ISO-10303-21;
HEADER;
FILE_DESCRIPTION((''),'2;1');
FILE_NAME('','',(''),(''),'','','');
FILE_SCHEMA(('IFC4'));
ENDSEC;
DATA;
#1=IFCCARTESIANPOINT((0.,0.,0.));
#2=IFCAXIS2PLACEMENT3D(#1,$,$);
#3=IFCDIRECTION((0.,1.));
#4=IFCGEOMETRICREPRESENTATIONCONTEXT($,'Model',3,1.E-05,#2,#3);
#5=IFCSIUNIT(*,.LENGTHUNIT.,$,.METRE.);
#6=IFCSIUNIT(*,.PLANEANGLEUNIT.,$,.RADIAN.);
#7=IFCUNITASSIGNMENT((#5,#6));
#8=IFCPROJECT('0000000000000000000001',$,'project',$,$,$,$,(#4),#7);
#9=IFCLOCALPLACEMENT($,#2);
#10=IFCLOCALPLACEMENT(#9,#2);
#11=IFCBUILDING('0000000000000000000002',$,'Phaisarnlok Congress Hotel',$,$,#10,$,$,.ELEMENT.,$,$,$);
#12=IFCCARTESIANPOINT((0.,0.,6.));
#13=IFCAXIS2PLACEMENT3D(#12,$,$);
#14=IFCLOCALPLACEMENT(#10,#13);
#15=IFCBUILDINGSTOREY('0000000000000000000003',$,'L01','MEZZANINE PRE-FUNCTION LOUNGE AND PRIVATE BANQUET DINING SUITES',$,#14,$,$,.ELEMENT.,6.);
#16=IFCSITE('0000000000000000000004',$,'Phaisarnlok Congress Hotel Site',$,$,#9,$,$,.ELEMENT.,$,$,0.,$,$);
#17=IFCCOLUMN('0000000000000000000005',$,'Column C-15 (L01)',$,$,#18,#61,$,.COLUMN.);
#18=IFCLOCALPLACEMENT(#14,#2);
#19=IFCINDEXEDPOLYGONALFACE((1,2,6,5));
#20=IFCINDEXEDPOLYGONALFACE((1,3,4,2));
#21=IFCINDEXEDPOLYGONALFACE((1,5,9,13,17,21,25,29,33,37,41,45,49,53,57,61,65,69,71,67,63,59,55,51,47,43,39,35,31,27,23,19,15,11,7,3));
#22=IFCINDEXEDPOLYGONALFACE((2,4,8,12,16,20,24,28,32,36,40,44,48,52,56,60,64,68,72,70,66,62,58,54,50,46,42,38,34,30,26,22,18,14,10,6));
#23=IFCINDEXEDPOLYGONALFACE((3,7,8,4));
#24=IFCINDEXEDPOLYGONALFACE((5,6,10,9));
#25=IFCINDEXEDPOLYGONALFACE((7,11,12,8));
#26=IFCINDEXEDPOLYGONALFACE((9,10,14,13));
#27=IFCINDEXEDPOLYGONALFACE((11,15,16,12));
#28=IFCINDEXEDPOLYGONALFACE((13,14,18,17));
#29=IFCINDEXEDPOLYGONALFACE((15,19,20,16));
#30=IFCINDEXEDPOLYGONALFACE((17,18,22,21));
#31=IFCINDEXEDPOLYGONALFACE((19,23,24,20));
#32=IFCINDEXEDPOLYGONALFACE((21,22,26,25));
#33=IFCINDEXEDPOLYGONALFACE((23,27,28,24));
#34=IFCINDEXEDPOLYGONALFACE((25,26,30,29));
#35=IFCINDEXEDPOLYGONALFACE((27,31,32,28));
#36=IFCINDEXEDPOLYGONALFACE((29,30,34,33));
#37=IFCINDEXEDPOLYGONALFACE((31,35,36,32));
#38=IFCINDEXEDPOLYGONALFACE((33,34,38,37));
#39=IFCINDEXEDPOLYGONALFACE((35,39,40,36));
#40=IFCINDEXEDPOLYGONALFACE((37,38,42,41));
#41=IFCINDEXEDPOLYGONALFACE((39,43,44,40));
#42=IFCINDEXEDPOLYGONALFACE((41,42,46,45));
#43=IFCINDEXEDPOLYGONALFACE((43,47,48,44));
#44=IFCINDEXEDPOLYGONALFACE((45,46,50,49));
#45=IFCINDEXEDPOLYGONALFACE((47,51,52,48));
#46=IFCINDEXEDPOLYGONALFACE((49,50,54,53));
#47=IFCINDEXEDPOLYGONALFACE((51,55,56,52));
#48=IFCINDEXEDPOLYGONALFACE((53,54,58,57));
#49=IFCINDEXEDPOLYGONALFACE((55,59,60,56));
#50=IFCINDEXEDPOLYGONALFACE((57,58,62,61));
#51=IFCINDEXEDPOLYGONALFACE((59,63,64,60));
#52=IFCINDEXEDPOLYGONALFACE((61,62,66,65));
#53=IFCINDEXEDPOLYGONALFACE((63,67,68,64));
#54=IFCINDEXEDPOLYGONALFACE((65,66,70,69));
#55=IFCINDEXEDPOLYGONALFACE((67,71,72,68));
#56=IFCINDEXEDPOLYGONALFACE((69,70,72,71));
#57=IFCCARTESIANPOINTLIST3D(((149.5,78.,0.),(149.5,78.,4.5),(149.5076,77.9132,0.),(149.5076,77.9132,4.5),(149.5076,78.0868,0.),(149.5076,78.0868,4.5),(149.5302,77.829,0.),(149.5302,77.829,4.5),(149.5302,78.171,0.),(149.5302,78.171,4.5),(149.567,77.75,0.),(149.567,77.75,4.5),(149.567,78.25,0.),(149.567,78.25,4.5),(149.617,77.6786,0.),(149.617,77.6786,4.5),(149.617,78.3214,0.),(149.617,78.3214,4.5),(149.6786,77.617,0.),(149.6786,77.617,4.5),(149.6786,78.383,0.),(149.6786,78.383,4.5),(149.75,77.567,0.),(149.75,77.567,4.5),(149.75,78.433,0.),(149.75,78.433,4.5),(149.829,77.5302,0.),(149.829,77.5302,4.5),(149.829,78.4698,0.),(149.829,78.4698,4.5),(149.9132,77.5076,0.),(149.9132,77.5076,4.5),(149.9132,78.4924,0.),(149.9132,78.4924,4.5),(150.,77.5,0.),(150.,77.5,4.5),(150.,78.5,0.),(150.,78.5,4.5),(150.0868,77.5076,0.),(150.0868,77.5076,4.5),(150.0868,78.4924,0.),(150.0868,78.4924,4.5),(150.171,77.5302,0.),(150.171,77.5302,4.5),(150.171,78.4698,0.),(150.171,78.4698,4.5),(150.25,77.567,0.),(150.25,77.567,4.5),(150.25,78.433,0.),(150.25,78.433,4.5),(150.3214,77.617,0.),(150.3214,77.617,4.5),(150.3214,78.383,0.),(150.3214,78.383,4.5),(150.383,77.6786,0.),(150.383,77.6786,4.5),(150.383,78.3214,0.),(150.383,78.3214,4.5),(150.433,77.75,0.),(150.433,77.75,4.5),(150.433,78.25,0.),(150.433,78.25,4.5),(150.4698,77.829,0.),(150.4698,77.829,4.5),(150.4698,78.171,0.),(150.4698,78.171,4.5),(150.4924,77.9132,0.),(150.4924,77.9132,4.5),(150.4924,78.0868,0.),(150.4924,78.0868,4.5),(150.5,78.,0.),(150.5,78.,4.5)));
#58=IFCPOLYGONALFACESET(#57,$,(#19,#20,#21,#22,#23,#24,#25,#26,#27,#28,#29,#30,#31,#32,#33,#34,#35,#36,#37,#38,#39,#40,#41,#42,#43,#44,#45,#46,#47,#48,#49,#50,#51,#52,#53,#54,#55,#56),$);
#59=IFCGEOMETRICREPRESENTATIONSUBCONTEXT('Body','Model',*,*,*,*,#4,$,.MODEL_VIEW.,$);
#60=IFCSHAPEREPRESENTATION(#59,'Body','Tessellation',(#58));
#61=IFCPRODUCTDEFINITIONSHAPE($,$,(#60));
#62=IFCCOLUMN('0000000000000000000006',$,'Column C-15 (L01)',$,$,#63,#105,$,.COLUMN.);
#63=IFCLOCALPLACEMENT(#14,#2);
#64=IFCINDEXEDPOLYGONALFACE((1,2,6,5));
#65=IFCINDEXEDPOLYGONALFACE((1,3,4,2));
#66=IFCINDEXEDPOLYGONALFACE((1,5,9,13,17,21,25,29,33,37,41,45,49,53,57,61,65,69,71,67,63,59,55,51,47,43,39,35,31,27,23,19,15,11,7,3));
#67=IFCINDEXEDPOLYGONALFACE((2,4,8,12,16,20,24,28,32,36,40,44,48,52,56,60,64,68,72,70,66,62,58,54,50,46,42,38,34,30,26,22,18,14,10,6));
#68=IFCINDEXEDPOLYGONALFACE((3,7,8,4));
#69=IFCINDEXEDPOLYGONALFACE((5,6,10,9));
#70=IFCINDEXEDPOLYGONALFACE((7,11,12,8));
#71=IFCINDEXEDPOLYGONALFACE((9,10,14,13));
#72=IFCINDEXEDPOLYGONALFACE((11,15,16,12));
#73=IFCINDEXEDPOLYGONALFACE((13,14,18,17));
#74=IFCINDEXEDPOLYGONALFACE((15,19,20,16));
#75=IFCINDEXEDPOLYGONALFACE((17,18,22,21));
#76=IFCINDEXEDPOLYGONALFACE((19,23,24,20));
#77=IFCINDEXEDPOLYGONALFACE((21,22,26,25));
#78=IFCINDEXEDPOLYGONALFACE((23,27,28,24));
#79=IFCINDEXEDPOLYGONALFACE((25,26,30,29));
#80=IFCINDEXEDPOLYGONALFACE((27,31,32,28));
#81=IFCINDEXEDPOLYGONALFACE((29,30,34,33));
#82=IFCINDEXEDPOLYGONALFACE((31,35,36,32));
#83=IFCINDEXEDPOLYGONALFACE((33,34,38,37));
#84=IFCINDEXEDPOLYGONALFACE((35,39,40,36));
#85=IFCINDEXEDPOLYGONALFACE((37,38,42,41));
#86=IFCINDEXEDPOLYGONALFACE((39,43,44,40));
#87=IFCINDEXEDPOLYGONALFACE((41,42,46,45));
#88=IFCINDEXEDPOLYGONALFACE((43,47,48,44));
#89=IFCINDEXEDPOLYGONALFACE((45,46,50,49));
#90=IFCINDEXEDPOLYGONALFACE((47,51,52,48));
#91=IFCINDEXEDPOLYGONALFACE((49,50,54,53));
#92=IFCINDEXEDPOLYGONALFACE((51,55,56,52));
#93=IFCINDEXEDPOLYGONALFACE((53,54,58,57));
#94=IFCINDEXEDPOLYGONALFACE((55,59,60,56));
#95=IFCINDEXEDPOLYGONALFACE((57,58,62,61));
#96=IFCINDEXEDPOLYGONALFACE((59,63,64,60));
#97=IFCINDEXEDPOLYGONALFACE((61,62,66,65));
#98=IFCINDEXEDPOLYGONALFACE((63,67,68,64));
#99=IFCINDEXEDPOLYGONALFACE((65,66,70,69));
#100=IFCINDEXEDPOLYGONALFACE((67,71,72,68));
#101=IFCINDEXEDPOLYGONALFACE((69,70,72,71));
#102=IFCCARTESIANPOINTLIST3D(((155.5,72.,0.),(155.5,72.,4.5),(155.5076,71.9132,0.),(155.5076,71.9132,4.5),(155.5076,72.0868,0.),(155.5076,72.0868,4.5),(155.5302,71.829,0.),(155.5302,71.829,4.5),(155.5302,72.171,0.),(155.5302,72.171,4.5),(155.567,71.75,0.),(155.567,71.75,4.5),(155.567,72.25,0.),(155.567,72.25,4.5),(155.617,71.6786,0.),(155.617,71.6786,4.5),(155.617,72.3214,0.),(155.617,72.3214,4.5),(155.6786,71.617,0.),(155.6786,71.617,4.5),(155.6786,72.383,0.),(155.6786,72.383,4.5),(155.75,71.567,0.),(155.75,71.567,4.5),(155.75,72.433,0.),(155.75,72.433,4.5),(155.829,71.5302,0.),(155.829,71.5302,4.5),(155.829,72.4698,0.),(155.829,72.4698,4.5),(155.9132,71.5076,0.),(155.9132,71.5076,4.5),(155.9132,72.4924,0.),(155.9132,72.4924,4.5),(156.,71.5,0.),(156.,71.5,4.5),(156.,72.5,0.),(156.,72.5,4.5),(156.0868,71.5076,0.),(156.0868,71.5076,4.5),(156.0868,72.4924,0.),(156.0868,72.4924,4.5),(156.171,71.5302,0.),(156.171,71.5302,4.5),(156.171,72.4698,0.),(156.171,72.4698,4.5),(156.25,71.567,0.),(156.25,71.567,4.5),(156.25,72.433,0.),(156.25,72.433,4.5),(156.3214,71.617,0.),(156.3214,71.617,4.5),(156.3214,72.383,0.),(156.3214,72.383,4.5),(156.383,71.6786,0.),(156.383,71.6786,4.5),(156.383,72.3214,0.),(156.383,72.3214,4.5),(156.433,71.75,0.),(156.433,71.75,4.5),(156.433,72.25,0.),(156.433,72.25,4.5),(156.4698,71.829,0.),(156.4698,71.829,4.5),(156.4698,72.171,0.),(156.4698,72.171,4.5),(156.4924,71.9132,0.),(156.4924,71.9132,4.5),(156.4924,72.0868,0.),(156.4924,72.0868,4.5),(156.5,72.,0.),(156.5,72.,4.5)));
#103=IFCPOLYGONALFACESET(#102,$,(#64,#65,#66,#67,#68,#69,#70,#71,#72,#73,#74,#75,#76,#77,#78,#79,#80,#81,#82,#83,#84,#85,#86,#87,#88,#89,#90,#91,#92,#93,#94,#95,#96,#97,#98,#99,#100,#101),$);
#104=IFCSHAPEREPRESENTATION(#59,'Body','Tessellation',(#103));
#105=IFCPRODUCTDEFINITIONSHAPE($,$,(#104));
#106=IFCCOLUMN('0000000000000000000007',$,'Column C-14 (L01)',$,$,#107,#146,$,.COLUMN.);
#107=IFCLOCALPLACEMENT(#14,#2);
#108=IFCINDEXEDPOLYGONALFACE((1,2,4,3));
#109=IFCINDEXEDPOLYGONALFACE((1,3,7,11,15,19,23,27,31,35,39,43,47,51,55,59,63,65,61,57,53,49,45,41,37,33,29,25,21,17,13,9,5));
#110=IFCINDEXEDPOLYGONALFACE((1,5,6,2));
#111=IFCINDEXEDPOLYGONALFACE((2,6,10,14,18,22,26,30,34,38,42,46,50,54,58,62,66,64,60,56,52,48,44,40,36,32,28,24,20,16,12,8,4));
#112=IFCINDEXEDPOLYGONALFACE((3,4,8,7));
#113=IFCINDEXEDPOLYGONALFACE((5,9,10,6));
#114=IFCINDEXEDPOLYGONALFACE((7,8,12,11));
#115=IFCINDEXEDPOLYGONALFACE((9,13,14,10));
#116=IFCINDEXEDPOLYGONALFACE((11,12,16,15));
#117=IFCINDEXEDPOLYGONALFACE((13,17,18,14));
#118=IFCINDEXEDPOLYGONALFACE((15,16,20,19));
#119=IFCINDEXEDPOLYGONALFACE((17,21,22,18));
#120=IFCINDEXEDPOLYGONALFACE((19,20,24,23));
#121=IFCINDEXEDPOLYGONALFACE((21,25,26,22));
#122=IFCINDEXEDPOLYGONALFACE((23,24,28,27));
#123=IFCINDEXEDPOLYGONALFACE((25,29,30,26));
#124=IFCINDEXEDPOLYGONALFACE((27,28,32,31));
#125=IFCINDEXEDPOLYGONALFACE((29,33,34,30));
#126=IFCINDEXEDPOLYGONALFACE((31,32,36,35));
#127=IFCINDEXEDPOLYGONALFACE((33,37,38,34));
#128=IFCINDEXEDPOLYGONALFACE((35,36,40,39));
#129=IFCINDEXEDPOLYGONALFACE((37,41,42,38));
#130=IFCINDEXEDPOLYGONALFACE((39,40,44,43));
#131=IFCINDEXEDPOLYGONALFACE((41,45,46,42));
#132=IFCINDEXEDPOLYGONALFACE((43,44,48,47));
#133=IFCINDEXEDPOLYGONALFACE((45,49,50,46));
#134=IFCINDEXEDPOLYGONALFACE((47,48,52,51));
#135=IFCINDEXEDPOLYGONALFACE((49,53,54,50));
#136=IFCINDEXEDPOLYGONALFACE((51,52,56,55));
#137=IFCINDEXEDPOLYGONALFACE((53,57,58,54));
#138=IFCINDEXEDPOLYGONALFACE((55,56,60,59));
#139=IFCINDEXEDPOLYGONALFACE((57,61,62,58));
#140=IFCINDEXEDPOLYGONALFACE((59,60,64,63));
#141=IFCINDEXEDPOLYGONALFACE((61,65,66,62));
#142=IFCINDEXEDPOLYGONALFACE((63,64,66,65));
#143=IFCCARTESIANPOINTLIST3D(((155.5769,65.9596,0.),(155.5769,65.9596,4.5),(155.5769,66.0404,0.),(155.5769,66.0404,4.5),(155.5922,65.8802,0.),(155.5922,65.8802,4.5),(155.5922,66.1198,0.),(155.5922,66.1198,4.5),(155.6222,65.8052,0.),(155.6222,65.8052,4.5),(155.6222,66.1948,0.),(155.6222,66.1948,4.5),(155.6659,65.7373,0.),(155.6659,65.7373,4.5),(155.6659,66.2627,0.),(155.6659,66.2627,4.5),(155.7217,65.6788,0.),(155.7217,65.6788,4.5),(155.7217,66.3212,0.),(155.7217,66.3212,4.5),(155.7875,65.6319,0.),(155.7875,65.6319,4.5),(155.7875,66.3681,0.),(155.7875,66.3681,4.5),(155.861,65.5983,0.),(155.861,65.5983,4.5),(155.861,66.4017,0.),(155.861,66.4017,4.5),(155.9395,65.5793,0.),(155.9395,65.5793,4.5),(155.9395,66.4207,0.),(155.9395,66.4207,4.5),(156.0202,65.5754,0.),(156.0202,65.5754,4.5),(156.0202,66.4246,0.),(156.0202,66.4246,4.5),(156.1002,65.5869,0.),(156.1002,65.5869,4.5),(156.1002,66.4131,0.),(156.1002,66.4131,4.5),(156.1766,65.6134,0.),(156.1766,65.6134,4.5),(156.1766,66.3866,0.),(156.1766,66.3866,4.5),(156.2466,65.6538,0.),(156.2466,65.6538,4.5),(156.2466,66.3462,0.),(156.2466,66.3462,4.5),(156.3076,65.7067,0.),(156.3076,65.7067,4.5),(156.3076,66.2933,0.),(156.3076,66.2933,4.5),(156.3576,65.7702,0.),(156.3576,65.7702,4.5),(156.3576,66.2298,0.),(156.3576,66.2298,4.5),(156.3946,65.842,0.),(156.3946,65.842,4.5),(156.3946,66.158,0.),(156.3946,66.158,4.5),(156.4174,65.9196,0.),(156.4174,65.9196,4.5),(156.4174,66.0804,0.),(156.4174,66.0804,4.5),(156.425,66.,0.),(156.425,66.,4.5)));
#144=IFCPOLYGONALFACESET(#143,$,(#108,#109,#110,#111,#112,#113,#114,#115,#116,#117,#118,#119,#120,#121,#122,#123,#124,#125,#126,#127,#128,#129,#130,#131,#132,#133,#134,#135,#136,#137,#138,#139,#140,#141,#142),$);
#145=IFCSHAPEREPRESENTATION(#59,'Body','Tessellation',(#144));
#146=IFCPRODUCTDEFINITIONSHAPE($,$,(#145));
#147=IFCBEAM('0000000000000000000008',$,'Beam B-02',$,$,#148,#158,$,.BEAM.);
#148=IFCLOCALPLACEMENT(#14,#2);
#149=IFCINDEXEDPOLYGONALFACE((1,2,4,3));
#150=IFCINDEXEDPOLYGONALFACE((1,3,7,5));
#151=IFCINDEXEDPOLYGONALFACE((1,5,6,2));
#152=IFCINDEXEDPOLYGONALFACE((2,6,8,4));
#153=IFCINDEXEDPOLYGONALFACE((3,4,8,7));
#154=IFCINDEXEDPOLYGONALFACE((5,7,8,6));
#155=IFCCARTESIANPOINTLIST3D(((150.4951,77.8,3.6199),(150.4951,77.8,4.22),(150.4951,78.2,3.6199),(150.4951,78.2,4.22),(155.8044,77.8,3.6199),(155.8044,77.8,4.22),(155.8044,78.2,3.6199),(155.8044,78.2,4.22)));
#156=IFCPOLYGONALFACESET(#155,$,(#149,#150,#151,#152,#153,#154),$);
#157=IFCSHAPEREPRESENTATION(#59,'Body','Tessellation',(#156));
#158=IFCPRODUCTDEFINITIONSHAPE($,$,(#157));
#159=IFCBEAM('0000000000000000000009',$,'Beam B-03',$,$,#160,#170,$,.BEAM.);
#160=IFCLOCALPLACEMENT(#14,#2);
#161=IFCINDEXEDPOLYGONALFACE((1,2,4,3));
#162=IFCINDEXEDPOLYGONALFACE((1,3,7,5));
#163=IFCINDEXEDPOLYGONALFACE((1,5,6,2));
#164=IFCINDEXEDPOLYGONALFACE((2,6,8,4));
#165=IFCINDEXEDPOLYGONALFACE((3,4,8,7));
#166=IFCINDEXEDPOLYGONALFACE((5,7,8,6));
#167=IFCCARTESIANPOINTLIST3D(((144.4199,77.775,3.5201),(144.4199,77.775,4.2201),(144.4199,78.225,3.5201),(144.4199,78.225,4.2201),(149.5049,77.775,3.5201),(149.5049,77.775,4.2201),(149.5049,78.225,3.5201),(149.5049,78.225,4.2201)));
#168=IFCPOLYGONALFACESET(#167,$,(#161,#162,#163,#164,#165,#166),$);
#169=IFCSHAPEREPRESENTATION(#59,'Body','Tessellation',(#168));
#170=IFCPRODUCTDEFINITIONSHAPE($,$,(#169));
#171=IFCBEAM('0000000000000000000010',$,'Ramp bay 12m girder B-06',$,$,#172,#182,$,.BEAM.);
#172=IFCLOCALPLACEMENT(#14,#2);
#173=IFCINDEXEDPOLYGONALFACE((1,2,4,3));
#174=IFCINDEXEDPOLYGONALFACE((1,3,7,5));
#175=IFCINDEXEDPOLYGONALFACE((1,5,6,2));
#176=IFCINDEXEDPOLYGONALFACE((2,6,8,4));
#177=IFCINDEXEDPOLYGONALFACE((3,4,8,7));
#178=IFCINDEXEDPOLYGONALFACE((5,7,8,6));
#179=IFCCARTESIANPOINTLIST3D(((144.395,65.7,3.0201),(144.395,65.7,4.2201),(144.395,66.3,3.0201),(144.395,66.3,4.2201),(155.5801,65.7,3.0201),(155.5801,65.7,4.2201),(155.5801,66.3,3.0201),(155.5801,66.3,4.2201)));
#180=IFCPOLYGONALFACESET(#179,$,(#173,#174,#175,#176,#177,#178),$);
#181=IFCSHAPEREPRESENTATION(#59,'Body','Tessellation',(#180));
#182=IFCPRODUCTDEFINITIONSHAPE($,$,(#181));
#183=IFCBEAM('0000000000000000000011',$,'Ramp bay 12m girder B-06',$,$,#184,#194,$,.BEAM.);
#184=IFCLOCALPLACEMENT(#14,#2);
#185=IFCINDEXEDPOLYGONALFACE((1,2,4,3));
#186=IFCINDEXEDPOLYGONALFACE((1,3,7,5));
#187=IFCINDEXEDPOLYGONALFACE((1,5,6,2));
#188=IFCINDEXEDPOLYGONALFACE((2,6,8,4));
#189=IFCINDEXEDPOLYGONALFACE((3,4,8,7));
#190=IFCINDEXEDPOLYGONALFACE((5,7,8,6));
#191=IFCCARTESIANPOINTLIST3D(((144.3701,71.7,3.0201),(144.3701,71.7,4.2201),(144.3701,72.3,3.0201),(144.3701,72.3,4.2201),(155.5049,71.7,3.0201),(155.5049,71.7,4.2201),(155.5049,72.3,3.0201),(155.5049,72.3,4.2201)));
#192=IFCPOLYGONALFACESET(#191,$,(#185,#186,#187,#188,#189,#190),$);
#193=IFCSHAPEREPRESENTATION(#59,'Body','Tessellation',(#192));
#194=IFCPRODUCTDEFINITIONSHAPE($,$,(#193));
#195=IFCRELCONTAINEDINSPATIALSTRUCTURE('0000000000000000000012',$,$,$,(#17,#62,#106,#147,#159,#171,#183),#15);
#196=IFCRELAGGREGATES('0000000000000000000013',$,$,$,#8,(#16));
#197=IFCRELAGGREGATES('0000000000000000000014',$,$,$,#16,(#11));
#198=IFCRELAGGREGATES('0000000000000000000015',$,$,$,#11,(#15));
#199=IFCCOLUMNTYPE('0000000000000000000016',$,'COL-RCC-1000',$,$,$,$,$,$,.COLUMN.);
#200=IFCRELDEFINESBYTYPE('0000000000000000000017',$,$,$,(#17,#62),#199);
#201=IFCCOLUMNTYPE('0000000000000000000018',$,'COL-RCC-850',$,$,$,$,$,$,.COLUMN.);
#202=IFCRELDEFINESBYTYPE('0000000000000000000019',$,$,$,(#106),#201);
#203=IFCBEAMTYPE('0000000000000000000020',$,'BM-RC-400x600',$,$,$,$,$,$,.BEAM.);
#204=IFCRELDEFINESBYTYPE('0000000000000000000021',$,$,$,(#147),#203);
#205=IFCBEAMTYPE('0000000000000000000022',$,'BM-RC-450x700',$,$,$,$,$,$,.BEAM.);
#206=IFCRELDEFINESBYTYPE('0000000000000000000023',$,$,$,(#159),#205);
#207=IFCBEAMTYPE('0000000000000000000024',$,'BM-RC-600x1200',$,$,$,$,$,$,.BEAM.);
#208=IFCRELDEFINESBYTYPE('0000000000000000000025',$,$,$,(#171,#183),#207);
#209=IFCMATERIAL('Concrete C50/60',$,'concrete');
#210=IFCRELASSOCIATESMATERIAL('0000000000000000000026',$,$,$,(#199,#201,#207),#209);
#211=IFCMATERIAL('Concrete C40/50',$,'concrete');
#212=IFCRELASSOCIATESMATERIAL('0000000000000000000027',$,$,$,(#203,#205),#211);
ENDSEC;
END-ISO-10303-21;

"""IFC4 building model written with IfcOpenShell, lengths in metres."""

from ifc_helpers import new_model, si_unit, direction, frame, origin, origin_2d, place, context, subcontext, project, spatial, rectangle, circle, extrude, material, material_profile, profile_set, type_object, element, save


model = new_model("IFC4")

# Units and contexts
model_context = context("Model", 3, precision=1e-05, world=origin(), true_north=direction((0.0, 1.0)))
body_context = subcontext(model_context, "Body", "Model", "MODEL_VIEW")
ifc_project = project(units=[si_unit("LENGTHUNIT", "METRE"), si_unit("PLANEANGLEUNIT", "RADIAN")], contexts=[model_context])

# Site, building, storey
site_placement = place(None, origin())
site = spatial("IfcSite", under=ifc_project, at=site_placement, Name="Phaisarnlok Congress Hotel Site", CompositionType="ELEMENT", RefElevation=0.0)
building_placement = place(site_placement, origin())
building = spatial("IfcBuilding", under=site, at=building_placement, Name="Phaisarnlok Congress Hotel", CompositionType="ELEMENT")
storey_placement = place(building_placement, frame((0.0, 0.0, 6.0)))
storey = spatial("IfcBuildingStorey", under=building, at=storey_placement, Name="L01", Description="MEZZANINE PRE-FUNCTION LOUNGE AND PRIVATE BANQUET DINING SUITES", CompositionType="ELEMENT", Elevation=6.0)

# Columns
ifc_material_1 = material(Name="Concrete C50/60", Category="concrete")
ifc_material_profile_1 = material_profile(ifc_material_1, circle(Radius=0.5, at=origin_2d()), Name="RCC D1000")
ifc_profile_set_1 = profile_set([ifc_material_profile_1], Name="Concrete C50/60")
column_type_1 = type_object("IfcColumnType", Name="COL-RCC-1000", PredefinedType="COLUMN", material=ifc_profile_set_1)
for number, where, z_axis, x_axis, name in (
    (1, (150.0, 78.0, 0.0), (0.0, 0.0, 1.0), (1.0, 0.0, 0.0), "Column C-15 (L01)"),
    (2, (156.0, 72.0, 0.0), (0.0, 0.0, 1.0), (1.0, 0.0, 0.0), "Column C-15 (L01)"),
):
    element("IfcColumn", number, at=place(storey_placement, frame(where, z_axis=z_axis, x_axis=x_axis)), inside=storey, type_object=column_type_1, Name=name, PredefinedType="COLUMN", context=body_context, shape_type="SweptSolid", body=[
        extrude(circle(Radius=0.5, at=origin_2d()), origin(), (0.0, 0.0, 1.0), 4.5),
    ])
ifc_material_profile_2 = material_profile(ifc_material_1, circle(Radius=0.425, at=origin_2d()), Name="RCC D850")
ifc_profile_set_2 = profile_set([ifc_material_profile_2], Name="Concrete C50/60")
column_type_2 = type_object("IfcColumnType", Name="COL-RCC-850", PredefinedType="COLUMN", material=ifc_profile_set_2)
column_placement = place(storey_placement, frame((156.0, 66.0, 0.0), z_axis=(0.0, 0.0, 1.0), x_axis=(1.0, 0.0, 0.0)))
element("IfcColumn", 3, at=column_placement, inside=storey, type_object=column_type_2, Name="Column C-14 (L01)", PredefinedType="COLUMN", context=body_context, shape_type="SweptSolid", body=[
    extrude(circle(Radius=0.425, at=origin_2d()), origin(), (0.0, 0.0, 1.0), 4.5),
])

# Beams
ifc_material_2 = material(Name="Concrete C40/50", Category="concrete")
ifc_material_profile_3 = material_profile(ifc_material_2, rectangle(XDim=0.3999, YDim=0.6001, at=origin_2d()), Name="RC 400x600")
ifc_profile_set_3 = profile_set([ifc_material_profile_3], Name="Concrete C40/50")
beam_type_1 = type_object("IfcBeamType", Name="BM-RC-400x600", PredefinedType="BEAM", material=ifc_profile_set_3)
beam_1_placement = place(storey_placement, frame((150.4951, 78.0, 3.9199), z_axis=(1.0, 0.0, 0.0), x_axis=(0.0, 1.0, 0.0)))
element("IfcBeam", 4, at=beam_1_placement, inside=storey, type_object=beam_type_1, Name="Beam B-02", PredefinedType="BEAM", context=body_context, shape_type="SweptSolid", body=[
    extrude(rectangle(XDim=0.3999, YDim=0.6001, at=origin_2d()), origin(), (0.0, 0.0, 1.0), 5.3093),
])
ifc_material_profile_4 = material_profile(ifc_material_2, rectangle(XDim=0.45, YDim=0.7, at=origin_2d()), Name="RC 450x700")
ifc_profile_set_4 = profile_set([ifc_material_profile_4], Name="Concrete C40/50")
beam_type_2 = type_object("IfcBeamType", Name="BM-RC-450x700", PredefinedType="BEAM", material=ifc_profile_set_4)
beam_2_placement = place(storey_placement, frame((144.4199, 78.0, 3.8701), z_axis=(1.0, 0.0, 0.0), x_axis=(0.0, 1.0, 0.0)))
element("IfcBeam", 5, at=beam_2_placement, inside=storey, type_object=beam_type_2, Name="Beam B-03", PredefinedType="BEAM", context=body_context, shape_type="SweptSolid", body=[
    extrude(rectangle(XDim=0.45, YDim=0.7, at=origin_2d()), origin(), (0.0, 0.0, 1.0), 5.085),
])
ifc_material_profile_5 = material_profile(ifc_material_1, rectangle(XDim=0.6001, YDim=1.2, at=origin_2d()), Name="RC 600x1200")
ifc_profile_set_5 = profile_set([ifc_material_profile_5], Name="Concrete C50/60")
beam_type_3 = type_object("IfcBeamType", Name="BM-RC-600x1200", PredefinedType="BEAM", material=ifc_profile_set_5)
beam_3_placement = place(storey_placement, frame((144.395, 66.0, 3.6201), z_axis=(1.0, 0.0, 0.0), x_axis=(0.0, 1.0, 0.0)))
element("IfcBeam", 6, at=beam_3_placement, inside=storey, type_object=beam_type_3, Name="Ramp bay 12m girder B-06", PredefinedType="BEAM", context=body_context, shape_type="SweptSolid", body=[
    extrude(rectangle(XDim=0.6001, YDim=1.2, at=origin_2d()), origin(), (0.0, 0.0, 1.0), 11.1851),
])
beam_4_placement = place(storey_placement, frame((144.3701, 72.0, 3.6201), z_axis=(1.0, 0.0, 0.0), x_axis=(0.0, 1.0, 0.0)))
element("IfcBeam", 7, at=beam_4_placement, inside=storey, type_object=beam_type_3, Name="Ramp bay 12m girder B-06", PredefinedType="BEAM", context=body_context, shape_type="SweptSolid", body=[
    extrude(rectangle(XDim=0.6001, YDim=1.2, at=origin_2d()), origin(), (0.0, 0.0, 1.0), 11.1348),
])

save(model, "model.ifc")
